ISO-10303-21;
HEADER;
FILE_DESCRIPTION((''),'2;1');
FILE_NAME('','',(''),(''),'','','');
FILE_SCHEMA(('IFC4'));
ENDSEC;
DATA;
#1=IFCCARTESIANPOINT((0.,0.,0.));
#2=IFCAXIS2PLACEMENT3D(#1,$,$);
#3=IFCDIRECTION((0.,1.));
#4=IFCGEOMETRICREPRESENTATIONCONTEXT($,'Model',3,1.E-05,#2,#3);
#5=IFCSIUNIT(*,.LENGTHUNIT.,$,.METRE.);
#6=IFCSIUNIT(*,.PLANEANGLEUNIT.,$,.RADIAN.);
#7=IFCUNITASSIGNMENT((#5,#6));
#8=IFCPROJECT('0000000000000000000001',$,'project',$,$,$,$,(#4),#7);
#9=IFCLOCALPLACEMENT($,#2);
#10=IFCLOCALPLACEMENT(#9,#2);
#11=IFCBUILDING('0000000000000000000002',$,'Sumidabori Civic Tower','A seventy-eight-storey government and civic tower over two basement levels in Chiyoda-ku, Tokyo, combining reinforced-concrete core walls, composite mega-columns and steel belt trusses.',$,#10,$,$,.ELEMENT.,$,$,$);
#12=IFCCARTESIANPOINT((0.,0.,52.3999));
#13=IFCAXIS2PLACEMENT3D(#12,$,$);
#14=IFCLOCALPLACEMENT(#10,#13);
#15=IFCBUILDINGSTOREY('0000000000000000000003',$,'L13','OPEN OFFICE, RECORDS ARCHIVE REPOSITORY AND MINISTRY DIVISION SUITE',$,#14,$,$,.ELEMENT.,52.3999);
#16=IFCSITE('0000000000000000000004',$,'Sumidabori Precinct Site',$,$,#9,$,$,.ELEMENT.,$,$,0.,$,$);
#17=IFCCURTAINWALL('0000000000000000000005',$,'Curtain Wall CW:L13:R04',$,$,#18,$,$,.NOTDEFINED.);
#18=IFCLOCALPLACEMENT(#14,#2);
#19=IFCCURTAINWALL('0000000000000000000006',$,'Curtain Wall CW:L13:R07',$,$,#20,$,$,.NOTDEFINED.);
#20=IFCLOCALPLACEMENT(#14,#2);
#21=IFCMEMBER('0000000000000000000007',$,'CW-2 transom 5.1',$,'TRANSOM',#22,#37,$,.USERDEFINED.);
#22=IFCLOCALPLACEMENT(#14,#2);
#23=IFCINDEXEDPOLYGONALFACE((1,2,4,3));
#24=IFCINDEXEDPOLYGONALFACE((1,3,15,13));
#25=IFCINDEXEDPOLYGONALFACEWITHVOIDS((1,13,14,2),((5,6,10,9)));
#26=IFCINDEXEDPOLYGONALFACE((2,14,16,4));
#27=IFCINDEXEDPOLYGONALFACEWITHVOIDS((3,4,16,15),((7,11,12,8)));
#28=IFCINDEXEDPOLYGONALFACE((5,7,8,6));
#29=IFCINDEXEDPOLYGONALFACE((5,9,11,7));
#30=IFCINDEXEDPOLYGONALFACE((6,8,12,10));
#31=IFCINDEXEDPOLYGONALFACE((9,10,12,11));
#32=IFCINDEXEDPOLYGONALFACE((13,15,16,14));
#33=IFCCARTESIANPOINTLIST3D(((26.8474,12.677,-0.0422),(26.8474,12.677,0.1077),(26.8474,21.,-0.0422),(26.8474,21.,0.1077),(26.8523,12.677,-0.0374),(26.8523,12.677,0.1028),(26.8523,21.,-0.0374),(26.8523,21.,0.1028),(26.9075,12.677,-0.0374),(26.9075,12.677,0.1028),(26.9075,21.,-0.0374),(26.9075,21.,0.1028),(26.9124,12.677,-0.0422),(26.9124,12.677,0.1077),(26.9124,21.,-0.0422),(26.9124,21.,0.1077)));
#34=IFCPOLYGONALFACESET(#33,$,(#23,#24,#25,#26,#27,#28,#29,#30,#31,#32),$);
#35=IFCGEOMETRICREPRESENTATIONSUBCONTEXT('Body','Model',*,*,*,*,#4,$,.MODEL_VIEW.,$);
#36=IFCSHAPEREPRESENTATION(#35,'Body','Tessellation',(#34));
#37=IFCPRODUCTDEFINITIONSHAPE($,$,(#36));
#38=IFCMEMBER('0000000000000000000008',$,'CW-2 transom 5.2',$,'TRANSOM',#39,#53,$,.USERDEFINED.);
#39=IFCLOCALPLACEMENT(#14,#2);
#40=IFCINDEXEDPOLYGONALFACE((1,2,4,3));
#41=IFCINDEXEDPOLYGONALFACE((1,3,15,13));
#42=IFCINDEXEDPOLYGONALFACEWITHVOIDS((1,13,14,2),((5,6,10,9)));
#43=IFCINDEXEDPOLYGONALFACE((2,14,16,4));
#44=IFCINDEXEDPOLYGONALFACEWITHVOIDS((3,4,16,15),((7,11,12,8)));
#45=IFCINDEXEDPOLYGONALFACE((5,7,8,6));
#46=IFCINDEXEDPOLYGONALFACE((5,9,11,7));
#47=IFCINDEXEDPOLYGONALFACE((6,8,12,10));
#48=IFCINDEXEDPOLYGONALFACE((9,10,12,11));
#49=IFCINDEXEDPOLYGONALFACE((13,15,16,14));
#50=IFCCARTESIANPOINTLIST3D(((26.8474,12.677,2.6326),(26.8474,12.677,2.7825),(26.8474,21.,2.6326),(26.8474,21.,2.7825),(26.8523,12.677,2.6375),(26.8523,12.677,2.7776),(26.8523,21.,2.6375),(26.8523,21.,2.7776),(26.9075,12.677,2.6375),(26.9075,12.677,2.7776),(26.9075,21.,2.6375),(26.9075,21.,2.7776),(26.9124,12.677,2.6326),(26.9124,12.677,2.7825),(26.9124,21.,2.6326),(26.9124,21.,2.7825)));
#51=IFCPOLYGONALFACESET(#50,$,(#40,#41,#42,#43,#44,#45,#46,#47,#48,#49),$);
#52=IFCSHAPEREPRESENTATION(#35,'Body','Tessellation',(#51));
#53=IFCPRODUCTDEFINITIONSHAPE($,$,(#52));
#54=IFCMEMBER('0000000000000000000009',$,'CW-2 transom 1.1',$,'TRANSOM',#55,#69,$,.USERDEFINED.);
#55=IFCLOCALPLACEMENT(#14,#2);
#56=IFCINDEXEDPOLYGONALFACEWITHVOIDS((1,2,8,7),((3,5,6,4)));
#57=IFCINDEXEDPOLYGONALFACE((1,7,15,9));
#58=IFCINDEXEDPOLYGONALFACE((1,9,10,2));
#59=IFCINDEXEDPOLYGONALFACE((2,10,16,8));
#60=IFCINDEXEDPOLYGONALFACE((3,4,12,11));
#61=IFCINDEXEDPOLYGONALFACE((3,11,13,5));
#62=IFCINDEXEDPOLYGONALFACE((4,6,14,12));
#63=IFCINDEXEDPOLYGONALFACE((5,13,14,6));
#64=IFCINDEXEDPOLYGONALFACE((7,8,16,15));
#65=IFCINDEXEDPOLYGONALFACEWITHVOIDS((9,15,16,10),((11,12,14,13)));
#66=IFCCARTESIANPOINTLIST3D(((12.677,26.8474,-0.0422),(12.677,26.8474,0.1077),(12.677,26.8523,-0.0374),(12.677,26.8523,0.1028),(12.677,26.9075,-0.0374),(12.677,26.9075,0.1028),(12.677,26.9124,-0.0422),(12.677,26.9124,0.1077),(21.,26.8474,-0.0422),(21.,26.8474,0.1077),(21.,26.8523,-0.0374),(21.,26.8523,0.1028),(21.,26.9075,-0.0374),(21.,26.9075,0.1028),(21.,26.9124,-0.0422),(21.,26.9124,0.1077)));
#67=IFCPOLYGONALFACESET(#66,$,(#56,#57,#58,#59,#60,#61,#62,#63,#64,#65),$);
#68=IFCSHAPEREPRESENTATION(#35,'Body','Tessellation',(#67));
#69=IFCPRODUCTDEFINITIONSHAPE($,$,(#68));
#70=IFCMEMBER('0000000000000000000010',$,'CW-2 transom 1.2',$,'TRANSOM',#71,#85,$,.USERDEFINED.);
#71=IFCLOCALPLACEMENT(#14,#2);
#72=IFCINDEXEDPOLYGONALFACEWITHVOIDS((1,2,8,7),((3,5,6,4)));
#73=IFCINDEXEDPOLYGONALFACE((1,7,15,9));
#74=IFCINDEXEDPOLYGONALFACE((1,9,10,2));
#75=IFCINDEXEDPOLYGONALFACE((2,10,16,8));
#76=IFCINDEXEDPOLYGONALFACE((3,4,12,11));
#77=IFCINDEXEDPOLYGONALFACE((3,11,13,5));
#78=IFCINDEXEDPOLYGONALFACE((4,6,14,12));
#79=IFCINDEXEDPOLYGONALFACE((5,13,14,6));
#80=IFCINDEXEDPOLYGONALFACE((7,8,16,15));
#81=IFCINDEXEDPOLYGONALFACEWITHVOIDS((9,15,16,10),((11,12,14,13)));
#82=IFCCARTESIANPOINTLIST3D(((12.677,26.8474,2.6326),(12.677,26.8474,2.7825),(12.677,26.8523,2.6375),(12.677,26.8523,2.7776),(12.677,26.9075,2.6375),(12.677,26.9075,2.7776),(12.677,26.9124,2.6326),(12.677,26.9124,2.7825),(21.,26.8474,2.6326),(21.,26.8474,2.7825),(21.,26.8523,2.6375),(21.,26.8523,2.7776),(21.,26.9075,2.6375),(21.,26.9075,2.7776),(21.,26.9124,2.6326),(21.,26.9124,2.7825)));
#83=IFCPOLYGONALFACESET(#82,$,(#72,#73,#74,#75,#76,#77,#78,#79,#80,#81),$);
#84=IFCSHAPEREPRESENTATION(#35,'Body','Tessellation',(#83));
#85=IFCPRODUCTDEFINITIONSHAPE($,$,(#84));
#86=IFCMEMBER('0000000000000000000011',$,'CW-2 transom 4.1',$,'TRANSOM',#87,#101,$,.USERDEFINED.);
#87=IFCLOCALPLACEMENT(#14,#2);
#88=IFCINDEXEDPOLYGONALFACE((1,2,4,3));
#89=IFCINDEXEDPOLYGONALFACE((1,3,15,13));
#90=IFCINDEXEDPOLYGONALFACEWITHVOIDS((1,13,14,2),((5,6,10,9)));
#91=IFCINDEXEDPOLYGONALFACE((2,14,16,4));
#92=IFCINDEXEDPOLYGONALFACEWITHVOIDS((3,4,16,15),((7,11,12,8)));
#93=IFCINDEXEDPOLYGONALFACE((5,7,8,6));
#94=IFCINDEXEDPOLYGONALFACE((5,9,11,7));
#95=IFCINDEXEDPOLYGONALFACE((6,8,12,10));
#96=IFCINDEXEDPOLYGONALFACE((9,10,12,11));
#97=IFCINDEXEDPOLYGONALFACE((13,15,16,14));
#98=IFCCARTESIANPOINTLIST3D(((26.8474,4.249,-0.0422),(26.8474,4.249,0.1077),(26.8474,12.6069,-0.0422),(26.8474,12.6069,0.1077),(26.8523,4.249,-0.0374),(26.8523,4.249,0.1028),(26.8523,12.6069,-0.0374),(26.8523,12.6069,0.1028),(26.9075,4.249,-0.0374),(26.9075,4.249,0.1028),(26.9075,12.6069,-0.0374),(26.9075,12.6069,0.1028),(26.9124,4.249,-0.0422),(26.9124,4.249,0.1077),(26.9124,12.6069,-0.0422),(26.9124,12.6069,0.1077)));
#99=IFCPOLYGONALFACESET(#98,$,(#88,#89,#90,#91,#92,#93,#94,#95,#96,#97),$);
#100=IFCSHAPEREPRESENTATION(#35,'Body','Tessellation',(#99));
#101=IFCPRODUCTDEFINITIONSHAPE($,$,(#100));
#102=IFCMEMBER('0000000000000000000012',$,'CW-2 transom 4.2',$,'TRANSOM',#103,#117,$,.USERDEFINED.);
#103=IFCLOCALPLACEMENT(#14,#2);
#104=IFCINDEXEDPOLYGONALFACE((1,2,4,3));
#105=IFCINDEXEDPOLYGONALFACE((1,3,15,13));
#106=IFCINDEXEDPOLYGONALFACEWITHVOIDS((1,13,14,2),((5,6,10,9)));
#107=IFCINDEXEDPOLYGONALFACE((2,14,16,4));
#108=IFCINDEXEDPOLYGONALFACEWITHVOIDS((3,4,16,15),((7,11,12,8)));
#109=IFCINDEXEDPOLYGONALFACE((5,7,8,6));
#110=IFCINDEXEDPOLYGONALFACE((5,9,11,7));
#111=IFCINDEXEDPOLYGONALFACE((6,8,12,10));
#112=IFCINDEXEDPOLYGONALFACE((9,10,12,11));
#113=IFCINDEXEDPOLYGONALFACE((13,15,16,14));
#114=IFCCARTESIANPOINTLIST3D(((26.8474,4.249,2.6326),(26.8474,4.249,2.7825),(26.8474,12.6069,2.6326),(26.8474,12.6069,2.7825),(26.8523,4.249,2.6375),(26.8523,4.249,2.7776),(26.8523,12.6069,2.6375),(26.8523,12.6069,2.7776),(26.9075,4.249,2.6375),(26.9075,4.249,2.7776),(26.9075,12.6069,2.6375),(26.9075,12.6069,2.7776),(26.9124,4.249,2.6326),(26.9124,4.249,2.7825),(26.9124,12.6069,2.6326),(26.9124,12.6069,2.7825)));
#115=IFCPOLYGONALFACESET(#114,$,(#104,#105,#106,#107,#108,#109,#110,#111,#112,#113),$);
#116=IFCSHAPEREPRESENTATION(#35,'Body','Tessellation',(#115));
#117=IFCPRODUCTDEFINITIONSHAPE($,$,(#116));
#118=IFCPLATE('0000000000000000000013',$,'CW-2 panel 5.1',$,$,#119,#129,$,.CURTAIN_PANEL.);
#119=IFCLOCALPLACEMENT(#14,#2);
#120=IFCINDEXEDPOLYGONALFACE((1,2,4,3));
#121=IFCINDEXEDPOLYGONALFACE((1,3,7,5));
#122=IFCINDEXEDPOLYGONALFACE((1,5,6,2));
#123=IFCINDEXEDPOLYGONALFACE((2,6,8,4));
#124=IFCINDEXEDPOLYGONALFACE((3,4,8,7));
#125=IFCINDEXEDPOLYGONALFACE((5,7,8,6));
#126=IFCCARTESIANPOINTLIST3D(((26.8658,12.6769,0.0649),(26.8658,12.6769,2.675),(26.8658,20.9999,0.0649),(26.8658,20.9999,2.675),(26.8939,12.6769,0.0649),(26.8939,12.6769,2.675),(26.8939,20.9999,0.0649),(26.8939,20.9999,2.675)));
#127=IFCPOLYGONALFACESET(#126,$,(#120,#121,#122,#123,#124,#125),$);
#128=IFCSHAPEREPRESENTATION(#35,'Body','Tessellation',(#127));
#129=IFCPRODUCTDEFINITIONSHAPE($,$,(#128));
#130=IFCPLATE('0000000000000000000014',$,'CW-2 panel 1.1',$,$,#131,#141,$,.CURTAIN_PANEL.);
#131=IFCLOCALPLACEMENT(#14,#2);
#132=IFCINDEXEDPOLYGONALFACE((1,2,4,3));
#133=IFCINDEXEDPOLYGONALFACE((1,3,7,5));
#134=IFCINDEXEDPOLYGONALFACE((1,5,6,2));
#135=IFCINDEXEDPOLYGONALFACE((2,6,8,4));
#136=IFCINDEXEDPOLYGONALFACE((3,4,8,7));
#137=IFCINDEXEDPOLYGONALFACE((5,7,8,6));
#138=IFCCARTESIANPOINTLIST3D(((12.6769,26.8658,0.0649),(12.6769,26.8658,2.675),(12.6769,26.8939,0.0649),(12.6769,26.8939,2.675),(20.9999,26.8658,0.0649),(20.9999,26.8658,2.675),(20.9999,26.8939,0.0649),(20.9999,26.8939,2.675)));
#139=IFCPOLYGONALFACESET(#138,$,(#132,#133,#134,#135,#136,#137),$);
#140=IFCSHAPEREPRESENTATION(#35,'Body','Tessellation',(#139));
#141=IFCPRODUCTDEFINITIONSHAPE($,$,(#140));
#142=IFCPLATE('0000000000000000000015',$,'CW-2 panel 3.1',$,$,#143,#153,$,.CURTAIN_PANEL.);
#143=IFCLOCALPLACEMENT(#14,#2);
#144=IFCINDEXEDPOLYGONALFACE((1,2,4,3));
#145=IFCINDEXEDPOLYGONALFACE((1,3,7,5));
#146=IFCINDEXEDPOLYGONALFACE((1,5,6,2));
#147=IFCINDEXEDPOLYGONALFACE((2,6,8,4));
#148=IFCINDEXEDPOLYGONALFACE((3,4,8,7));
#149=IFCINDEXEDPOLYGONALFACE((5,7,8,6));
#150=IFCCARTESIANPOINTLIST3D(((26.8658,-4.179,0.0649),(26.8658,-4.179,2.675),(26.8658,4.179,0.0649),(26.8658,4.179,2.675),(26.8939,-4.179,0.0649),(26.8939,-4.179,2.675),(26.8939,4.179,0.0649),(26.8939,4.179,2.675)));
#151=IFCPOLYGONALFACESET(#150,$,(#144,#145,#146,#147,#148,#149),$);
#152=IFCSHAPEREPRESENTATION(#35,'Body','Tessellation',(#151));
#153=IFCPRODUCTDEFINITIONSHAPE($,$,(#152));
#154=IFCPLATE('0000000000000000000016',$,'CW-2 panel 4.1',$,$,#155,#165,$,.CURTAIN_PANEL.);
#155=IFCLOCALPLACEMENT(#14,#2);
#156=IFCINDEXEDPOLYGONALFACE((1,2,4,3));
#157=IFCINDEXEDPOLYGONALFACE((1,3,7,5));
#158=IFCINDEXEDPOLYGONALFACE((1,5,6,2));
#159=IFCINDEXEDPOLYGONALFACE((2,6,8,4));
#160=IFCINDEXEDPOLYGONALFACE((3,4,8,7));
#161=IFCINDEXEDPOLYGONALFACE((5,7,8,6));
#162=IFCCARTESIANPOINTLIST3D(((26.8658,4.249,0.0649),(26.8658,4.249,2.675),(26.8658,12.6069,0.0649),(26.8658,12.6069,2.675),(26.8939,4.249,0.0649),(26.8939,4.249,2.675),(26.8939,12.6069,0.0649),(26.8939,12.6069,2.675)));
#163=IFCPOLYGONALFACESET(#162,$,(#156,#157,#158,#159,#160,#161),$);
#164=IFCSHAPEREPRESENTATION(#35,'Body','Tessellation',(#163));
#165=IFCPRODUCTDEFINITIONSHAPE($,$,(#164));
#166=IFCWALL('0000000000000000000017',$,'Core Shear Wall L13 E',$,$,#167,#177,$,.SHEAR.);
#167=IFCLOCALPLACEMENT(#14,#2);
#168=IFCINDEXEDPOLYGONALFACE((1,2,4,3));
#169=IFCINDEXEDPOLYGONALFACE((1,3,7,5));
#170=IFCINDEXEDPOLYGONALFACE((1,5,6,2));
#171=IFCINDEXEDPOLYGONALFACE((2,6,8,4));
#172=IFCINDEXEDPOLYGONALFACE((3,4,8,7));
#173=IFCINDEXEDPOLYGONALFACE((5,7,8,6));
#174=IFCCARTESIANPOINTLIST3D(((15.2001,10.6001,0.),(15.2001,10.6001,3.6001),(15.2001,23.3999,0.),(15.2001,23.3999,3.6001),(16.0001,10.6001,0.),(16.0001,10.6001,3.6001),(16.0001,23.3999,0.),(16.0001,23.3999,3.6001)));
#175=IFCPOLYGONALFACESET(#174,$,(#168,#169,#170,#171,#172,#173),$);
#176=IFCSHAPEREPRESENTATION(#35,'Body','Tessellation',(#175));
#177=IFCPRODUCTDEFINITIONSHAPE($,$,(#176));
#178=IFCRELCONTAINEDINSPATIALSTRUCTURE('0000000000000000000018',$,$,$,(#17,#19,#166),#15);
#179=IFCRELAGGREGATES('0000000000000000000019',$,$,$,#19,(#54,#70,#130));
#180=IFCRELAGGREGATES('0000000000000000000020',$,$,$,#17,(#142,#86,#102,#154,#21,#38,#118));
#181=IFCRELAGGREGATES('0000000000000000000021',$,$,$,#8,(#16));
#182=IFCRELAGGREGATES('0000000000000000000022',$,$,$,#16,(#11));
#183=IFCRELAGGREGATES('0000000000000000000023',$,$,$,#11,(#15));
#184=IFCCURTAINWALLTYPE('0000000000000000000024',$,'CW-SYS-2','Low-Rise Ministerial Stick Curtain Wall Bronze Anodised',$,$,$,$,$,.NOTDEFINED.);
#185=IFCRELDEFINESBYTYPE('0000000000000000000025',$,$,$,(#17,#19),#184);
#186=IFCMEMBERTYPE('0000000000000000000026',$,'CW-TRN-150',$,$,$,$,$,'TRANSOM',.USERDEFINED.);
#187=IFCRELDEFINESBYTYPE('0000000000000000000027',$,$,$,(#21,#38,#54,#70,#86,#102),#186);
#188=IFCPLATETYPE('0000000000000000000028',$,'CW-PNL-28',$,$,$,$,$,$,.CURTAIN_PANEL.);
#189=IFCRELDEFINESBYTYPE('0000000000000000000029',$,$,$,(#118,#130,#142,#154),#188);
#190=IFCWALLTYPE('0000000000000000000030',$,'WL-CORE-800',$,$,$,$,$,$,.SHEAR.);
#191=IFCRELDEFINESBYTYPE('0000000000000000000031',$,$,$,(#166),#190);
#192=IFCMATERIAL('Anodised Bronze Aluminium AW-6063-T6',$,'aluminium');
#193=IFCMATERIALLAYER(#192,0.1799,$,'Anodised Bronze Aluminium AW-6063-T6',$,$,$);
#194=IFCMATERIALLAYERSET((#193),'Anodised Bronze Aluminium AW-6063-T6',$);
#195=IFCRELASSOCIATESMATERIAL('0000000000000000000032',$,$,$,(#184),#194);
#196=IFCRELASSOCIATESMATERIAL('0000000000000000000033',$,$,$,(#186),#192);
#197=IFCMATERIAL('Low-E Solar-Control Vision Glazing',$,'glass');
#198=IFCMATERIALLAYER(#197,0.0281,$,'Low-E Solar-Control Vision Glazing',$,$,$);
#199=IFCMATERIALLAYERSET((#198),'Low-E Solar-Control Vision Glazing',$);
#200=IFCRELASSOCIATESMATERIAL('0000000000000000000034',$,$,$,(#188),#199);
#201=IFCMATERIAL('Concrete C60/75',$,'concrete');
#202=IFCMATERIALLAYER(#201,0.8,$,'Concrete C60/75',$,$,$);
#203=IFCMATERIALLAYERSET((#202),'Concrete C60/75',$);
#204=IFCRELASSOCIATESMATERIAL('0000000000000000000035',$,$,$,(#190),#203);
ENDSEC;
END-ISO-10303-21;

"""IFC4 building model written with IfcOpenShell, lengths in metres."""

from ifc_helpers import new_model, si_unit, direction, frame, frame_2d, origin, origin_2d, place, context, subcontext, project, spatial, rectangle, hollow_rectangle, extrude, source, transform, mapped, material, layer, layer_set, material_profile, profile_set, type_object, element, aggregate, save


model = new_model("IFC4")

# Units and contexts
model_context = context("Model", 3, precision=1e-05, world=origin(), true_north=direction((0.0, 1.0)))
body_context = subcontext(model_context, "Body", "Model", "MODEL_VIEW")
ifc_project = project(units=[si_unit("LENGTHUNIT", "METRE"), si_unit("PLANEANGLEUNIT", "RADIAN")], contexts=[model_context])

# Site, building, storey
site_placement = place(None, origin())
site = spatial("IfcSite", under=ifc_project, at=site_placement, Name="Sumidabori Precinct Site", CompositionType="ELEMENT", RefElevation=0.0)
building_placement = place(site_placement, origin())
building = spatial("IfcBuilding", under=site, at=building_placement, Name="Sumidabori Civic Tower", Description="A seventy-eight-storey government and civic tower over two basement levels in Chiyoda-ku, Tokyo, combining reinforced-concrete core walls, composite mega-columns and steel belt trusses.", CompositionType="ELEMENT")
storey_placement = place(building_placement, frame((0.0, 0.0, 52.3999)))
storey = spatial("IfcBuildingStorey", under=building, at=storey_placement, Name="L13", Description="OPEN OFFICE, RECORDS ARCHIVE REPOSITORY AND MINISTRY DIVISION SUITE", CompositionType="ELEMENT", Elevation=52.3999)

# Shared definitions
ifc_material_1 = material(Name="Concrete C60/75", Category="concrete")

# Curtain wall
ifc_material_2 = material(Name="Anodised Bronze Aluminium AW-6063-T6", Category="aluminium")
ifc_layer_1 = layer(ifc_material_2, 0.1799, Name="Anodised Bronze Aluminium AW-6063-T6")
ifc_layer_set_1 = layer_set([ifc_layer_1], Name="Anodised Bronze Aluminium AW-6063-T6")
curtain_wall_type = type_object("IfcCurtainWallType", Name="CW-SYS-2", Description="Low-Rise Ministerial Stick Curtain Wall Bronze Anodised", PredefinedType="NOTDEFINED", material=ifc_layer_set_1)
curtain_wall_1_placement = place(storey_placement, origin())
curtain_wall_1 = element("IfcCurtainWall", 1, at=curtain_wall_1_placement, inside=storey, type_object=curtain_wall_type, Name="Curtain Wall CW:L13:R04", PredefinedType="NOTDEFINED")

# Curtain wall
curtain_wall_2_placement = place(storey_placement, origin())
curtain_wall_2 = element("IfcCurtainWall", 2, at=curtain_wall_2_placement, inside=storey, type_object=curtain_wall_type, Name="Curtain Wall CW:L13:R07", PredefinedType="NOTDEFINED")

# Members
ifc_material_profile_1 = material_profile(ifc_material_2, hollow_rectangle(XDim=0.0649, YDim=0.1499, WallThickness=0.0049, at=origin_2d()), Name="ALU TRANSOM 150x65")
ifc_profile_set_1 = profile_set([ifc_material_profile_1], Name="Anodised Bronze Aluminium AW-6063-T6")
member_type_1 = type_object("IfcMemberType", Name="CW-TRN-150", ElementType="TRANSOM", PredefinedType="USERDEFINED", material=ifc_profile_set_1)
shared_shape_1 = source(origin(), body_context, "Body", "SweptSolid", [
    extrude(hollow_rectangle(XDim=0.0649, YDim=0.1499, WallThickness=0.0049, at=origin_2d()), origin(), (0.0, 0.0, 1.0), 8.323),
])
member_1_placement = place(storey_placement, frame((26.8799, 12.677, 0.0327), z_axis=(0.0, 1.0, 0.0), x_axis=(-1.0, 0.0, 0.0)))
member_1 = element("IfcMember", 3, at=member_1_placement, type_object=member_type_1, Name="CW-2 transom 5.1", ObjectType="TRANSOM", PredefinedType="USERDEFINED", context=body_context, shape_type="MappedRepresentation", body=[
    mapped(shared_shape_1, transform((0.0, 0.0, 0.0), x_axis=(1.0, 0.0, 0.0), y_axis=(0.0, 1.0, 0.0), z_axis=(0.0, 0.0, 1.0), scale=1.0)),
])
member_2_placement = place(storey_placement, frame((26.8799, 12.677, 2.7075), z_axis=(0.0, 1.0, 0.0), x_axis=(-1.0, 0.0, 0.0)))
member_2 = element("IfcMember", 4, at=member_2_placement, type_object=member_type_1, Name="CW-2 transom 5.2", ObjectType="TRANSOM", PredefinedType="USERDEFINED", context=body_context, shape_type="MappedRepresentation", body=[
    mapped(shared_shape_1, transform((0.0, 0.0, 0.0), x_axis=(1.0, 0.0, 0.0), y_axis=(0.0, 1.0, 0.0), z_axis=(0.0, 0.0, 1.0), scale=1.0)),
])
member_3_placement = place(storey_placement, frame((21.0, 26.8799, 0.0327), z_axis=(-1.0, 0.0, 0.0), x_axis=(0.0, -1.0, 0.0)))
member_3 = element("IfcMember", 5, at=member_3_placement, type_object=member_type_1, Name="CW-2 transom 1.1", ObjectType="TRANSOM", PredefinedType="USERDEFINED", context=body_context, shape_type="MappedRepresentation", body=[
    mapped(shared_shape_1, transform((0.0, 0.0, 0.0), x_axis=(1.0, 0.0, 0.0), y_axis=(0.0, 1.0, 0.0), z_axis=(0.0, 0.0, 1.0), scale=1.0)),
])
member_4_placement = place(storey_placement, frame((21.0, 26.8799, 2.7075), z_axis=(-1.0, 0.0, 0.0), x_axis=(0.0, -1.0, 0.0)))
member_4 = element("IfcMember", 6, at=member_4_placement, type_object=member_type_1, Name="CW-2 transom 1.2", ObjectType="TRANSOM", PredefinedType="USERDEFINED", context=body_context, shape_type="MappedRepresentation", body=[
    mapped(shared_shape_1, transform((0.0, 0.0, 0.0), x_axis=(1.0, 0.0, 0.0), y_axis=(0.0, 1.0, 0.0), z_axis=(0.0, 0.0, 1.0), scale=1.0)),
])
shared_shape_2 = source(origin(), body_context, "Body", "SweptSolid", [
    extrude(hollow_rectangle(XDim=0.0649, YDim=0.1499, WallThickness=0.0049, at=origin_2d()), origin(), (0.0, 0.0, 1.0), 8.3579),
])
member_5_placement = place(storey_placement, frame((26.8799, 4.249, 0.0327), z_axis=(0.0, 1.0, 0.0), x_axis=(-1.0, 0.0, 0.0)))
member_5 = element("IfcMember", 7, at=member_5_placement, type_object=member_type_1, Name="CW-2 transom 4.1", ObjectType="TRANSOM", PredefinedType="USERDEFINED", context=body_context, shape_type="MappedRepresentation", body=[
    mapped(shared_shape_2, transform((0.0, 0.0, 0.0), x_axis=(1.0, 0.0, 0.0), y_axis=(0.0, 1.0, 0.0), z_axis=(0.0, 0.0, 1.0), scale=1.0)),
])
member_6_placement = place(storey_placement, frame((26.8799, 4.249, 2.7075), z_axis=(0.0, 1.0, 0.0), x_axis=(-1.0, 0.0, 0.0)))
member_6 = element("IfcMember", 8, at=member_6_placement, type_object=member_type_1, Name="CW-2 transom 4.2", ObjectType="TRANSOM", PredefinedType="USERDEFINED", context=body_context, shape_type="MappedRepresentation", body=[
    mapped(shared_shape_2, transform((0.0, 0.0, 0.0), x_axis=(1.0, 0.0, 0.0), y_axis=(0.0, 1.0, 0.0), z_axis=(0.0, 0.0, 1.0), scale=1.0)),
])

# Plates
ifc_material_3 = material(Name="Low-E Solar-Control Vision Glazing", Category="glass")
ifc_layer_2 = layer(ifc_material_3, 0.0281, Name="Low-E Solar-Control Vision Glazing")
ifc_layer_set_2 = layer_set([ifc_layer_2], Name="Low-E Solar-Control Vision Glazing")
plate_type = type_object("IfcPlateType", Name="CW-PNL-28", PredefinedType="CURTAIN_PANEL", material=ifc_layer_set_2)
shared_shape_3 = source(origin(), body_context, "Body", "SweptSolid", [
    extrude(rectangle(XDim=8.323, YDim=0.0281, at=origin_2d()), origin(), (0.0, 0.0, 1.0), 2.6101),
])
plate_1_placement = place(storey_placement, frame((26.8799, 16.8384, 0.0649), z_axis=(0.0, 0.0, 1.0), x_axis=(0.0, 1.0, 0.0)))
plate_1 = element("IfcPlate", 9, at=plate_1_placement, type_object=plate_type, Name="CW-2 panel 5.1", PredefinedType="CURTAIN_PANEL", context=body_context, shape_type="MappedRepresentation", body=[
    mapped(shared_shape_3, transform((0.0, 0.0, 0.0), x_axis=(1.0, 0.0, 0.0), y_axis=(0.0, 1.0, 0.0), z_axis=(0.0, 0.0, 1.0), scale=1.0)),
])
plate_2_placement = place(storey_placement, frame((16.8384, 26.8799, 0.0649), z_axis=(0.0, 0.0, 1.0), x_axis=(-1.0, 0.0, 0.0)))
plate_2 = element("IfcPlate", 10, at=plate_2_placement, type_object=plate_type, Name="CW-2 panel 1.1", PredefinedType="CURTAIN_PANEL", context=body_context, shape_type="MappedRepresentation", body=[
    mapped(shared_shape_3, transform((0.0, 0.0, 0.0), x_axis=(1.0, 0.0, 0.0), y_axis=(0.0, 1.0, 0.0), z_axis=(0.0, 0.0, 1.0), scale=1.0)),
])
aggregate(curtain_wall_2, [member_3, member_4, plate_2])
shared_shape_4 = source(origin(), body_context, "Body", "SweptSolid", [
    extrude(rectangle(XDim=8.3579, YDim=0.0281, at=origin_2d()), origin(), (0.0, 0.0, 1.0), 2.6101),
])
plate_3_placement = place(storey_placement, frame((26.8799, 0.0, 0.0649), z_axis=(0.0, 0.0, 1.0), x_axis=(0.0, 1.0, 0.0)))
plate_3 = element("IfcPlate", 11, at=plate_3_placement, type_object=plate_type, Name="CW-2 panel 3.1", PredefinedType="CURTAIN_PANEL", context=body_context, shape_type="MappedRepresentation", body=[
    mapped(shared_shape_4, transform((0.0, 0.0, 0.0), x_axis=(1.0, 0.0, 0.0), y_axis=(0.0, 1.0, 0.0), z_axis=(0.0, 0.0, 1.0), scale=1.0)),
])
plate_4_placement = place(storey_placement, frame((26.8799, 8.428, 0.0649), z_axis=(0.0, 0.0, 1.0), x_axis=(0.0, 1.0, 0.0)))
plate_4 = element("IfcPlate", 12, at=plate_4_placement, type_object=plate_type, Name="CW-2 panel 4.1", PredefinedType="CURTAIN_PANEL", context=body_context, shape_type="MappedRepresentation", body=[
    mapped(shared_shape_4, transform((0.0, 0.0, 0.0), x_axis=(1.0, 0.0, 0.0), y_axis=(0.0, 1.0, 0.0), z_axis=(0.0, 0.0, 1.0), scale=1.0)),
])
aggregate(curtain_wall_1, [plate_3, member_5, member_6, plate_4, member_1, member_2, plate_1])

# Wall
ifc_layer_3 = layer(ifc_material_1, 0.8, Name="Concrete C60/75")
ifc_layer_set_3 = layer_set([ifc_layer_3], Name="Concrete C60/75")
wall_type_1 = type_object("IfcWallType", Name="WL-CORE-800", PredefinedType="SHEAR", material=ifc_layer_set_3)
shared_shape_5 = source(origin(), body_context, "Body", "SweptSolid", [
    extrude(rectangle(XDim=12.7998, YDim=0.8, at=frame_2d((6.3999, 0.0))), origin(), (0.0, 0.0, 1.0), 3.6001),
])
wall_1_placement = place(storey_placement, frame((15.6001, 10.6001, 0.0), z_axis=(0.0, 0.0, 1.0), x_axis=(0.0, 1.0, 0.0)))
element("IfcWall", 13, at=wall_1_placement, inside=storey, type_object=wall_type_1, Name="Core Shear Wall L13 E", PredefinedType="SHEAR", context=body_context, shape_type="MappedRepresentation", body=[
    mapped(shared_shape_5, transform((0.0, 0.0, 0.0), x_axis=(1.0, 0.0, 0.0), y_axis=(0.0, 1.0, 0.0), z_axis=(0.0, 0.0, 1.0), scale=1.0)),
])

save(model, "model.ifc")
